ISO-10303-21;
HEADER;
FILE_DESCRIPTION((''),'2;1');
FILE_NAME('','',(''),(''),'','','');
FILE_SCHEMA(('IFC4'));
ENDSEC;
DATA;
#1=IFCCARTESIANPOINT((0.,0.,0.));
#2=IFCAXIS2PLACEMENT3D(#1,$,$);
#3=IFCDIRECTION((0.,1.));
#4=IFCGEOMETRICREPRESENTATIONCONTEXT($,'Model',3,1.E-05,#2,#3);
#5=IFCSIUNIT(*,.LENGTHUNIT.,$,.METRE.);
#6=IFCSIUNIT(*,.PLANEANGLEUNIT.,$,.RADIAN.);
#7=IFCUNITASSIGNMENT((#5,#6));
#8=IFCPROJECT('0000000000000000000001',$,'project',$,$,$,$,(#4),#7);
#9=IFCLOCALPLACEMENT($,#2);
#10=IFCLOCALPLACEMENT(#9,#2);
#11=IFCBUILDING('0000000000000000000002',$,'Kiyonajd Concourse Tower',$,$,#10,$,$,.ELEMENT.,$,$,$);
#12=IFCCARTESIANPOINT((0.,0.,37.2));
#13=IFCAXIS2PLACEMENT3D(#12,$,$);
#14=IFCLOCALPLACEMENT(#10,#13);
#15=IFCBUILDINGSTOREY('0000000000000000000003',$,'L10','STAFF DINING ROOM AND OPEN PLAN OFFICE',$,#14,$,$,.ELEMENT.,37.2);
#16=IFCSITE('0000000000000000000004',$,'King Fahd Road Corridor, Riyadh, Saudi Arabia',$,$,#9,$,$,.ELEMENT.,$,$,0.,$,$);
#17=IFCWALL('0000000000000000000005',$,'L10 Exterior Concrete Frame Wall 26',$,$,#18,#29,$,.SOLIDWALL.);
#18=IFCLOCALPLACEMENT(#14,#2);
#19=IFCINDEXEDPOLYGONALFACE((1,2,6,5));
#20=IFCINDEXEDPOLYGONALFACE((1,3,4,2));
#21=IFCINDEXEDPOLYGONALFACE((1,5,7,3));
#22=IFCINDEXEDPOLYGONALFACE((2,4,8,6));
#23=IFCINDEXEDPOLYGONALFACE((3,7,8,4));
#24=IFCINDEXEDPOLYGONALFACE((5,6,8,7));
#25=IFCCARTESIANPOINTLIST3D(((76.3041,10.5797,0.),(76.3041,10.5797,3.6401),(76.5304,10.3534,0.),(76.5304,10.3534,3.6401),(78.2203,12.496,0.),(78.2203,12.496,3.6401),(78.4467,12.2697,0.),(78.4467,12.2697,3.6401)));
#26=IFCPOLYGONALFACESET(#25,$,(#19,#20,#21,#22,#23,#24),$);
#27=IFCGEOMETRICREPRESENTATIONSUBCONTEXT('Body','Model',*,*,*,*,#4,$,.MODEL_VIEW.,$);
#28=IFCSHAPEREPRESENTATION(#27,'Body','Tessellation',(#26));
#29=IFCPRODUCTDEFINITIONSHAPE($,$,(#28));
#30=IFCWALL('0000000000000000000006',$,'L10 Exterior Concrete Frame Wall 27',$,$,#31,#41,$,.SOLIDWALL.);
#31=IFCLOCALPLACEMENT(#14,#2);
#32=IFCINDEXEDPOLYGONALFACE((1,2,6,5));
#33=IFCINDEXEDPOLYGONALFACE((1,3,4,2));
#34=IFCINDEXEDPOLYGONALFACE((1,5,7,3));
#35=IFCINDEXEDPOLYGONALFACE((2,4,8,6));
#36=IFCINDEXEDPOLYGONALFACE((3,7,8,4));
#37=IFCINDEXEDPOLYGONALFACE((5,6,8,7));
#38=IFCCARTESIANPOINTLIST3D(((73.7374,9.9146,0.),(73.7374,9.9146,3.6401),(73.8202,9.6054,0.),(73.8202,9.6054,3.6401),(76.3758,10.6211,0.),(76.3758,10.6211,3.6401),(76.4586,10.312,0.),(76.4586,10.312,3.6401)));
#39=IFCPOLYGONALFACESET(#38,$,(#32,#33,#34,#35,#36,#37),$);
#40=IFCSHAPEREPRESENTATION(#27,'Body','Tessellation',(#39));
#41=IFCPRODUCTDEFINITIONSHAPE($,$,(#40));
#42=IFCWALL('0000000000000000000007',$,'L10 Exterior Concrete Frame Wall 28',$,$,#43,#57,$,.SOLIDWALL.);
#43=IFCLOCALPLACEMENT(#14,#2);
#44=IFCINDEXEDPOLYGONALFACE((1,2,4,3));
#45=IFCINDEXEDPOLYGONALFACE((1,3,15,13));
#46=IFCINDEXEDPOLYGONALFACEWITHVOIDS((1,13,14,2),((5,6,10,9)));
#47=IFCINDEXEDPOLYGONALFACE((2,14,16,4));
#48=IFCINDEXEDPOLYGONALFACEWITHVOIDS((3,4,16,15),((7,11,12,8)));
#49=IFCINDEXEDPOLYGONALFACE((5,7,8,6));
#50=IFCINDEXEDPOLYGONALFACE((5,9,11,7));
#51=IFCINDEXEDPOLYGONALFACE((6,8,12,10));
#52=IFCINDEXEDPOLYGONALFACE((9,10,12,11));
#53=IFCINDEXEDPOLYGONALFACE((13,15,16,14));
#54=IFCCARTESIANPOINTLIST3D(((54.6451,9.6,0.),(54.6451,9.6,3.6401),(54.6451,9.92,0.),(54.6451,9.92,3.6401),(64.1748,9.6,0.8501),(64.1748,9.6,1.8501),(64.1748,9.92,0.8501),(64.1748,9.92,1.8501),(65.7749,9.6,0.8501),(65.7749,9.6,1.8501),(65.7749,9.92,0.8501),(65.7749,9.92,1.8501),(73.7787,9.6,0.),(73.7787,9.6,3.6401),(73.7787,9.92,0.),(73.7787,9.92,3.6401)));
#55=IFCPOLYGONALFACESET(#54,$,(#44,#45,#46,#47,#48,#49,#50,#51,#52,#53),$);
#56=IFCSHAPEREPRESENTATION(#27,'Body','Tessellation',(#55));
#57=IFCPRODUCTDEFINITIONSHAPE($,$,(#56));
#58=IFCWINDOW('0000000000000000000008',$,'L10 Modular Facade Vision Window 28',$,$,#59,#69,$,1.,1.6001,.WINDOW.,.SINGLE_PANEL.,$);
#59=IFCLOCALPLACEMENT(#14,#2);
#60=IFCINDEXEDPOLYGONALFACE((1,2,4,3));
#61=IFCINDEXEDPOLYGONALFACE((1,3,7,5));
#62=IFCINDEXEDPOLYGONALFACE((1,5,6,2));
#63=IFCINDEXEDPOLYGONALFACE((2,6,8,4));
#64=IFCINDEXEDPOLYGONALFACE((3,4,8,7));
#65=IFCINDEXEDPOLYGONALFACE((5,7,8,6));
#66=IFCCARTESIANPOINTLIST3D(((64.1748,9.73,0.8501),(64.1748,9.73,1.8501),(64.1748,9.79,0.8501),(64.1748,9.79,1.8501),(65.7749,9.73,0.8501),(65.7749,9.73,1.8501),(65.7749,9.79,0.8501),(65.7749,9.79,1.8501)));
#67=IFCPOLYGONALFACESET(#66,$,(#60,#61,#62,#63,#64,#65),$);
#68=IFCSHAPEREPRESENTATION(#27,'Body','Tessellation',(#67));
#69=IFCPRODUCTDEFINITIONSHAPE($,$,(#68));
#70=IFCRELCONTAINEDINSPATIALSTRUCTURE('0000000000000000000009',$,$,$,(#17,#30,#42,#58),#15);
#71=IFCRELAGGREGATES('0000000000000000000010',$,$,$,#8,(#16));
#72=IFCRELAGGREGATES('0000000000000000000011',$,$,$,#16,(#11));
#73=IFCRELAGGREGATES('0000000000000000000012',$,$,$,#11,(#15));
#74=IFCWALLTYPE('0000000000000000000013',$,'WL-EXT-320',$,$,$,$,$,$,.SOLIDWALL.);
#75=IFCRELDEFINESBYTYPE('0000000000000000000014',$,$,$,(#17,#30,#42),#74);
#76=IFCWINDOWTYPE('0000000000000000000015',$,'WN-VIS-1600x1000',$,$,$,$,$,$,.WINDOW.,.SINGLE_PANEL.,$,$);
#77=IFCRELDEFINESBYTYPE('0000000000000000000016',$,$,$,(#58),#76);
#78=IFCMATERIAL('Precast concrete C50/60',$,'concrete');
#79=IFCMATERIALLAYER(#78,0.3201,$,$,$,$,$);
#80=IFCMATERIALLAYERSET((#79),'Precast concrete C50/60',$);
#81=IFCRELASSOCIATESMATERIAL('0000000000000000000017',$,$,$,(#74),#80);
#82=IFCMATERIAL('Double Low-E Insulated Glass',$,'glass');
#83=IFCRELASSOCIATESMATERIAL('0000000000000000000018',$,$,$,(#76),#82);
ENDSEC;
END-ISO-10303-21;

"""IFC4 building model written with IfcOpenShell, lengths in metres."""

from ifc_helpers import new_model, si_unit, direction, frame, frame_2d, origin, place, context, subcontext, project, spatial, rectangle, extrude, material, layer, layer_set, type_object, element, fill, save


model = new_model("IFC4")

# Units and contexts
model_context = context("Model", 3, precision=1e-05, world=origin(), true_north=direction((0.0, 1.0)))
body_context = subcontext(model_context, "Body", "Model", "MODEL_VIEW")
ifc_project = project(units=[si_unit("LENGTHUNIT", "METRE"), si_unit("PLANEANGLEUNIT", "RADIAN")], contexts=[model_context])

# Site, building, storey
site_placement = place(None, origin())
site = spatial("IfcSite", under=ifc_project, at=site_placement, Name="King Fahd Road Corridor, Riyadh, Saudi Arabia", CompositionType="ELEMENT", RefElevation=0.0)
building_placement = place(site_placement, origin())
building = spatial("IfcBuilding", under=site, at=building_placement, Name="Kiyonajd Concourse Tower", CompositionType="ELEMENT")
storey_placement = place(building_placement, frame((0.0, 0.0, 37.2)))
storey = spatial("IfcBuildingStorey", under=building, at=storey_placement, Name="L10", Description="STAFF DINING ROOM AND OPEN PLAN OFFICE", CompositionType="ELEMENT", Elevation=37.2)

# Shared definitions
ifc_material_1 = material(Name="Precast concrete C50/60", Category="concrete")

# Shared definitions
ifc_material_2 = material(Name="Double Low-E Insulated Glass", Category="glass")

# Walls
ifc_layer_1 = layer(ifc_material_1, 0.3201)
ifc_layer_set_1 = layer_set([ifc_layer_1], Name="Precast concrete C50/60")
wall_type = type_object("IfcWallType", Name="WL-EXT-320", PredefinedType="SOLIDWALL", material=ifc_layer_set_1)
wall_1_placement = place(storey_placement, frame((78.3335, 12.3828, 0.0), z_axis=(0.0, 0.0, 1.0), x_axis=(-0.707107, -0.707107, 0.0)))
element("IfcWall", 1, at=wall_1_placement, inside=storey, type_object=wall_type, Name="L10 Exterior Concrete Frame Wall 26", PredefinedType="SOLIDWALL", context=body_context, shape_type="SweptSolid", body=[
    extrude(rectangle(XDim=2.71, YDim=0.3201, at=frame_2d((1.355, 0.0))), origin(), (0.0, 0.0, 1.0), 3.6401),
])
wall_2_placement = place(storey_placement, frame((76.4172, 10.4666, 0.0), z_axis=(0.0, 0.0, 1.0), x_axis=(-0.965964, -0.258675, 0.0)))
element("IfcWall", 2, at=wall_2_placement, inside=storey, type_object=wall_type, Name="L10 Exterior Concrete Frame Wall 27", PredefinedType="SOLIDWALL", context=body_context, shape_type="SweptSolid", body=[
    extrude(rectangle(XDim=2.7314, YDim=0.3201, at=frame_2d((1.3657, 0.0))), origin(), (0.0, 0.0, 1.0), 3.6401),
])

# Wall, opening, window
wall_3_placement = place(storey_placement, frame((73.7788, 9.76, 0.0), z_axis=(0.0, 0.0, 1.0), x_axis=(-1.0, 0.0, 0.0)))
wall_3 = element("IfcWall", 3, at=wall_3_placement, inside=storey, type_object=wall_type, Name="L10 Exterior Concrete Frame Wall 28", PredefinedType="SOLIDWALL", context=body_context, shape_type="SweptSolid", body=[
    extrude(rectangle(XDim=19.1335, YDim=0.3201, at=frame_2d((9.5669, 0.0))), origin(), (0.0, 0.0, 1.0), 3.6401),
])
opening_placement = place(wall_3_placement, frame((8.0039, 0.0, 0.8501)))
opening = element("IfcOpeningElement", 4, at=opening_placement, cuts=wall_3, PredefinedType="OPENING", context=body_context, shape_type="SweptSolid", body=[
    extrude(rectangle(XDim=1.6001, YDim=1.0, at=frame_2d((0.8, 0.5))), frame((0.0, 0.1699, 0.0), z_axis=(0.0, -1.0, 0.0), x_axis=(1.0, 0.0, 0.0)), (0.0, 0.0, 1.0), 0.3401),
])
window_type = type_object("IfcWindowType", Name="WN-VIS-1600x1000", PartitioningType="SINGLE_PANEL", PredefinedType="WINDOW", material=ifc_material_2)
window_placement = place(opening_placement, origin())
window = element("IfcWindow", 5, at=window_placement, inside=storey, type_object=window_type, Name="L10 Modular Facade Vision Window 28", OverallHeight=1.0, OverallWidth=1.6001, PartitioningType="SINGLE_PANEL", PredefinedType="WINDOW", context=body_context, shape_type="SweptSolid", body=[
    extrude(rectangle(XDim=1.6001, YDim=1.0, at=frame_2d((0.8, 0.5))), frame((0.0, 0.03, 0.0), z_axis=(0.0, -1.0, 0.0), x_axis=(1.0, 0.0, 0.0)), (0.0, 0.0, 1.0), 0.0601),
])
fill(opening, window)

save(model, "model.ifc")
